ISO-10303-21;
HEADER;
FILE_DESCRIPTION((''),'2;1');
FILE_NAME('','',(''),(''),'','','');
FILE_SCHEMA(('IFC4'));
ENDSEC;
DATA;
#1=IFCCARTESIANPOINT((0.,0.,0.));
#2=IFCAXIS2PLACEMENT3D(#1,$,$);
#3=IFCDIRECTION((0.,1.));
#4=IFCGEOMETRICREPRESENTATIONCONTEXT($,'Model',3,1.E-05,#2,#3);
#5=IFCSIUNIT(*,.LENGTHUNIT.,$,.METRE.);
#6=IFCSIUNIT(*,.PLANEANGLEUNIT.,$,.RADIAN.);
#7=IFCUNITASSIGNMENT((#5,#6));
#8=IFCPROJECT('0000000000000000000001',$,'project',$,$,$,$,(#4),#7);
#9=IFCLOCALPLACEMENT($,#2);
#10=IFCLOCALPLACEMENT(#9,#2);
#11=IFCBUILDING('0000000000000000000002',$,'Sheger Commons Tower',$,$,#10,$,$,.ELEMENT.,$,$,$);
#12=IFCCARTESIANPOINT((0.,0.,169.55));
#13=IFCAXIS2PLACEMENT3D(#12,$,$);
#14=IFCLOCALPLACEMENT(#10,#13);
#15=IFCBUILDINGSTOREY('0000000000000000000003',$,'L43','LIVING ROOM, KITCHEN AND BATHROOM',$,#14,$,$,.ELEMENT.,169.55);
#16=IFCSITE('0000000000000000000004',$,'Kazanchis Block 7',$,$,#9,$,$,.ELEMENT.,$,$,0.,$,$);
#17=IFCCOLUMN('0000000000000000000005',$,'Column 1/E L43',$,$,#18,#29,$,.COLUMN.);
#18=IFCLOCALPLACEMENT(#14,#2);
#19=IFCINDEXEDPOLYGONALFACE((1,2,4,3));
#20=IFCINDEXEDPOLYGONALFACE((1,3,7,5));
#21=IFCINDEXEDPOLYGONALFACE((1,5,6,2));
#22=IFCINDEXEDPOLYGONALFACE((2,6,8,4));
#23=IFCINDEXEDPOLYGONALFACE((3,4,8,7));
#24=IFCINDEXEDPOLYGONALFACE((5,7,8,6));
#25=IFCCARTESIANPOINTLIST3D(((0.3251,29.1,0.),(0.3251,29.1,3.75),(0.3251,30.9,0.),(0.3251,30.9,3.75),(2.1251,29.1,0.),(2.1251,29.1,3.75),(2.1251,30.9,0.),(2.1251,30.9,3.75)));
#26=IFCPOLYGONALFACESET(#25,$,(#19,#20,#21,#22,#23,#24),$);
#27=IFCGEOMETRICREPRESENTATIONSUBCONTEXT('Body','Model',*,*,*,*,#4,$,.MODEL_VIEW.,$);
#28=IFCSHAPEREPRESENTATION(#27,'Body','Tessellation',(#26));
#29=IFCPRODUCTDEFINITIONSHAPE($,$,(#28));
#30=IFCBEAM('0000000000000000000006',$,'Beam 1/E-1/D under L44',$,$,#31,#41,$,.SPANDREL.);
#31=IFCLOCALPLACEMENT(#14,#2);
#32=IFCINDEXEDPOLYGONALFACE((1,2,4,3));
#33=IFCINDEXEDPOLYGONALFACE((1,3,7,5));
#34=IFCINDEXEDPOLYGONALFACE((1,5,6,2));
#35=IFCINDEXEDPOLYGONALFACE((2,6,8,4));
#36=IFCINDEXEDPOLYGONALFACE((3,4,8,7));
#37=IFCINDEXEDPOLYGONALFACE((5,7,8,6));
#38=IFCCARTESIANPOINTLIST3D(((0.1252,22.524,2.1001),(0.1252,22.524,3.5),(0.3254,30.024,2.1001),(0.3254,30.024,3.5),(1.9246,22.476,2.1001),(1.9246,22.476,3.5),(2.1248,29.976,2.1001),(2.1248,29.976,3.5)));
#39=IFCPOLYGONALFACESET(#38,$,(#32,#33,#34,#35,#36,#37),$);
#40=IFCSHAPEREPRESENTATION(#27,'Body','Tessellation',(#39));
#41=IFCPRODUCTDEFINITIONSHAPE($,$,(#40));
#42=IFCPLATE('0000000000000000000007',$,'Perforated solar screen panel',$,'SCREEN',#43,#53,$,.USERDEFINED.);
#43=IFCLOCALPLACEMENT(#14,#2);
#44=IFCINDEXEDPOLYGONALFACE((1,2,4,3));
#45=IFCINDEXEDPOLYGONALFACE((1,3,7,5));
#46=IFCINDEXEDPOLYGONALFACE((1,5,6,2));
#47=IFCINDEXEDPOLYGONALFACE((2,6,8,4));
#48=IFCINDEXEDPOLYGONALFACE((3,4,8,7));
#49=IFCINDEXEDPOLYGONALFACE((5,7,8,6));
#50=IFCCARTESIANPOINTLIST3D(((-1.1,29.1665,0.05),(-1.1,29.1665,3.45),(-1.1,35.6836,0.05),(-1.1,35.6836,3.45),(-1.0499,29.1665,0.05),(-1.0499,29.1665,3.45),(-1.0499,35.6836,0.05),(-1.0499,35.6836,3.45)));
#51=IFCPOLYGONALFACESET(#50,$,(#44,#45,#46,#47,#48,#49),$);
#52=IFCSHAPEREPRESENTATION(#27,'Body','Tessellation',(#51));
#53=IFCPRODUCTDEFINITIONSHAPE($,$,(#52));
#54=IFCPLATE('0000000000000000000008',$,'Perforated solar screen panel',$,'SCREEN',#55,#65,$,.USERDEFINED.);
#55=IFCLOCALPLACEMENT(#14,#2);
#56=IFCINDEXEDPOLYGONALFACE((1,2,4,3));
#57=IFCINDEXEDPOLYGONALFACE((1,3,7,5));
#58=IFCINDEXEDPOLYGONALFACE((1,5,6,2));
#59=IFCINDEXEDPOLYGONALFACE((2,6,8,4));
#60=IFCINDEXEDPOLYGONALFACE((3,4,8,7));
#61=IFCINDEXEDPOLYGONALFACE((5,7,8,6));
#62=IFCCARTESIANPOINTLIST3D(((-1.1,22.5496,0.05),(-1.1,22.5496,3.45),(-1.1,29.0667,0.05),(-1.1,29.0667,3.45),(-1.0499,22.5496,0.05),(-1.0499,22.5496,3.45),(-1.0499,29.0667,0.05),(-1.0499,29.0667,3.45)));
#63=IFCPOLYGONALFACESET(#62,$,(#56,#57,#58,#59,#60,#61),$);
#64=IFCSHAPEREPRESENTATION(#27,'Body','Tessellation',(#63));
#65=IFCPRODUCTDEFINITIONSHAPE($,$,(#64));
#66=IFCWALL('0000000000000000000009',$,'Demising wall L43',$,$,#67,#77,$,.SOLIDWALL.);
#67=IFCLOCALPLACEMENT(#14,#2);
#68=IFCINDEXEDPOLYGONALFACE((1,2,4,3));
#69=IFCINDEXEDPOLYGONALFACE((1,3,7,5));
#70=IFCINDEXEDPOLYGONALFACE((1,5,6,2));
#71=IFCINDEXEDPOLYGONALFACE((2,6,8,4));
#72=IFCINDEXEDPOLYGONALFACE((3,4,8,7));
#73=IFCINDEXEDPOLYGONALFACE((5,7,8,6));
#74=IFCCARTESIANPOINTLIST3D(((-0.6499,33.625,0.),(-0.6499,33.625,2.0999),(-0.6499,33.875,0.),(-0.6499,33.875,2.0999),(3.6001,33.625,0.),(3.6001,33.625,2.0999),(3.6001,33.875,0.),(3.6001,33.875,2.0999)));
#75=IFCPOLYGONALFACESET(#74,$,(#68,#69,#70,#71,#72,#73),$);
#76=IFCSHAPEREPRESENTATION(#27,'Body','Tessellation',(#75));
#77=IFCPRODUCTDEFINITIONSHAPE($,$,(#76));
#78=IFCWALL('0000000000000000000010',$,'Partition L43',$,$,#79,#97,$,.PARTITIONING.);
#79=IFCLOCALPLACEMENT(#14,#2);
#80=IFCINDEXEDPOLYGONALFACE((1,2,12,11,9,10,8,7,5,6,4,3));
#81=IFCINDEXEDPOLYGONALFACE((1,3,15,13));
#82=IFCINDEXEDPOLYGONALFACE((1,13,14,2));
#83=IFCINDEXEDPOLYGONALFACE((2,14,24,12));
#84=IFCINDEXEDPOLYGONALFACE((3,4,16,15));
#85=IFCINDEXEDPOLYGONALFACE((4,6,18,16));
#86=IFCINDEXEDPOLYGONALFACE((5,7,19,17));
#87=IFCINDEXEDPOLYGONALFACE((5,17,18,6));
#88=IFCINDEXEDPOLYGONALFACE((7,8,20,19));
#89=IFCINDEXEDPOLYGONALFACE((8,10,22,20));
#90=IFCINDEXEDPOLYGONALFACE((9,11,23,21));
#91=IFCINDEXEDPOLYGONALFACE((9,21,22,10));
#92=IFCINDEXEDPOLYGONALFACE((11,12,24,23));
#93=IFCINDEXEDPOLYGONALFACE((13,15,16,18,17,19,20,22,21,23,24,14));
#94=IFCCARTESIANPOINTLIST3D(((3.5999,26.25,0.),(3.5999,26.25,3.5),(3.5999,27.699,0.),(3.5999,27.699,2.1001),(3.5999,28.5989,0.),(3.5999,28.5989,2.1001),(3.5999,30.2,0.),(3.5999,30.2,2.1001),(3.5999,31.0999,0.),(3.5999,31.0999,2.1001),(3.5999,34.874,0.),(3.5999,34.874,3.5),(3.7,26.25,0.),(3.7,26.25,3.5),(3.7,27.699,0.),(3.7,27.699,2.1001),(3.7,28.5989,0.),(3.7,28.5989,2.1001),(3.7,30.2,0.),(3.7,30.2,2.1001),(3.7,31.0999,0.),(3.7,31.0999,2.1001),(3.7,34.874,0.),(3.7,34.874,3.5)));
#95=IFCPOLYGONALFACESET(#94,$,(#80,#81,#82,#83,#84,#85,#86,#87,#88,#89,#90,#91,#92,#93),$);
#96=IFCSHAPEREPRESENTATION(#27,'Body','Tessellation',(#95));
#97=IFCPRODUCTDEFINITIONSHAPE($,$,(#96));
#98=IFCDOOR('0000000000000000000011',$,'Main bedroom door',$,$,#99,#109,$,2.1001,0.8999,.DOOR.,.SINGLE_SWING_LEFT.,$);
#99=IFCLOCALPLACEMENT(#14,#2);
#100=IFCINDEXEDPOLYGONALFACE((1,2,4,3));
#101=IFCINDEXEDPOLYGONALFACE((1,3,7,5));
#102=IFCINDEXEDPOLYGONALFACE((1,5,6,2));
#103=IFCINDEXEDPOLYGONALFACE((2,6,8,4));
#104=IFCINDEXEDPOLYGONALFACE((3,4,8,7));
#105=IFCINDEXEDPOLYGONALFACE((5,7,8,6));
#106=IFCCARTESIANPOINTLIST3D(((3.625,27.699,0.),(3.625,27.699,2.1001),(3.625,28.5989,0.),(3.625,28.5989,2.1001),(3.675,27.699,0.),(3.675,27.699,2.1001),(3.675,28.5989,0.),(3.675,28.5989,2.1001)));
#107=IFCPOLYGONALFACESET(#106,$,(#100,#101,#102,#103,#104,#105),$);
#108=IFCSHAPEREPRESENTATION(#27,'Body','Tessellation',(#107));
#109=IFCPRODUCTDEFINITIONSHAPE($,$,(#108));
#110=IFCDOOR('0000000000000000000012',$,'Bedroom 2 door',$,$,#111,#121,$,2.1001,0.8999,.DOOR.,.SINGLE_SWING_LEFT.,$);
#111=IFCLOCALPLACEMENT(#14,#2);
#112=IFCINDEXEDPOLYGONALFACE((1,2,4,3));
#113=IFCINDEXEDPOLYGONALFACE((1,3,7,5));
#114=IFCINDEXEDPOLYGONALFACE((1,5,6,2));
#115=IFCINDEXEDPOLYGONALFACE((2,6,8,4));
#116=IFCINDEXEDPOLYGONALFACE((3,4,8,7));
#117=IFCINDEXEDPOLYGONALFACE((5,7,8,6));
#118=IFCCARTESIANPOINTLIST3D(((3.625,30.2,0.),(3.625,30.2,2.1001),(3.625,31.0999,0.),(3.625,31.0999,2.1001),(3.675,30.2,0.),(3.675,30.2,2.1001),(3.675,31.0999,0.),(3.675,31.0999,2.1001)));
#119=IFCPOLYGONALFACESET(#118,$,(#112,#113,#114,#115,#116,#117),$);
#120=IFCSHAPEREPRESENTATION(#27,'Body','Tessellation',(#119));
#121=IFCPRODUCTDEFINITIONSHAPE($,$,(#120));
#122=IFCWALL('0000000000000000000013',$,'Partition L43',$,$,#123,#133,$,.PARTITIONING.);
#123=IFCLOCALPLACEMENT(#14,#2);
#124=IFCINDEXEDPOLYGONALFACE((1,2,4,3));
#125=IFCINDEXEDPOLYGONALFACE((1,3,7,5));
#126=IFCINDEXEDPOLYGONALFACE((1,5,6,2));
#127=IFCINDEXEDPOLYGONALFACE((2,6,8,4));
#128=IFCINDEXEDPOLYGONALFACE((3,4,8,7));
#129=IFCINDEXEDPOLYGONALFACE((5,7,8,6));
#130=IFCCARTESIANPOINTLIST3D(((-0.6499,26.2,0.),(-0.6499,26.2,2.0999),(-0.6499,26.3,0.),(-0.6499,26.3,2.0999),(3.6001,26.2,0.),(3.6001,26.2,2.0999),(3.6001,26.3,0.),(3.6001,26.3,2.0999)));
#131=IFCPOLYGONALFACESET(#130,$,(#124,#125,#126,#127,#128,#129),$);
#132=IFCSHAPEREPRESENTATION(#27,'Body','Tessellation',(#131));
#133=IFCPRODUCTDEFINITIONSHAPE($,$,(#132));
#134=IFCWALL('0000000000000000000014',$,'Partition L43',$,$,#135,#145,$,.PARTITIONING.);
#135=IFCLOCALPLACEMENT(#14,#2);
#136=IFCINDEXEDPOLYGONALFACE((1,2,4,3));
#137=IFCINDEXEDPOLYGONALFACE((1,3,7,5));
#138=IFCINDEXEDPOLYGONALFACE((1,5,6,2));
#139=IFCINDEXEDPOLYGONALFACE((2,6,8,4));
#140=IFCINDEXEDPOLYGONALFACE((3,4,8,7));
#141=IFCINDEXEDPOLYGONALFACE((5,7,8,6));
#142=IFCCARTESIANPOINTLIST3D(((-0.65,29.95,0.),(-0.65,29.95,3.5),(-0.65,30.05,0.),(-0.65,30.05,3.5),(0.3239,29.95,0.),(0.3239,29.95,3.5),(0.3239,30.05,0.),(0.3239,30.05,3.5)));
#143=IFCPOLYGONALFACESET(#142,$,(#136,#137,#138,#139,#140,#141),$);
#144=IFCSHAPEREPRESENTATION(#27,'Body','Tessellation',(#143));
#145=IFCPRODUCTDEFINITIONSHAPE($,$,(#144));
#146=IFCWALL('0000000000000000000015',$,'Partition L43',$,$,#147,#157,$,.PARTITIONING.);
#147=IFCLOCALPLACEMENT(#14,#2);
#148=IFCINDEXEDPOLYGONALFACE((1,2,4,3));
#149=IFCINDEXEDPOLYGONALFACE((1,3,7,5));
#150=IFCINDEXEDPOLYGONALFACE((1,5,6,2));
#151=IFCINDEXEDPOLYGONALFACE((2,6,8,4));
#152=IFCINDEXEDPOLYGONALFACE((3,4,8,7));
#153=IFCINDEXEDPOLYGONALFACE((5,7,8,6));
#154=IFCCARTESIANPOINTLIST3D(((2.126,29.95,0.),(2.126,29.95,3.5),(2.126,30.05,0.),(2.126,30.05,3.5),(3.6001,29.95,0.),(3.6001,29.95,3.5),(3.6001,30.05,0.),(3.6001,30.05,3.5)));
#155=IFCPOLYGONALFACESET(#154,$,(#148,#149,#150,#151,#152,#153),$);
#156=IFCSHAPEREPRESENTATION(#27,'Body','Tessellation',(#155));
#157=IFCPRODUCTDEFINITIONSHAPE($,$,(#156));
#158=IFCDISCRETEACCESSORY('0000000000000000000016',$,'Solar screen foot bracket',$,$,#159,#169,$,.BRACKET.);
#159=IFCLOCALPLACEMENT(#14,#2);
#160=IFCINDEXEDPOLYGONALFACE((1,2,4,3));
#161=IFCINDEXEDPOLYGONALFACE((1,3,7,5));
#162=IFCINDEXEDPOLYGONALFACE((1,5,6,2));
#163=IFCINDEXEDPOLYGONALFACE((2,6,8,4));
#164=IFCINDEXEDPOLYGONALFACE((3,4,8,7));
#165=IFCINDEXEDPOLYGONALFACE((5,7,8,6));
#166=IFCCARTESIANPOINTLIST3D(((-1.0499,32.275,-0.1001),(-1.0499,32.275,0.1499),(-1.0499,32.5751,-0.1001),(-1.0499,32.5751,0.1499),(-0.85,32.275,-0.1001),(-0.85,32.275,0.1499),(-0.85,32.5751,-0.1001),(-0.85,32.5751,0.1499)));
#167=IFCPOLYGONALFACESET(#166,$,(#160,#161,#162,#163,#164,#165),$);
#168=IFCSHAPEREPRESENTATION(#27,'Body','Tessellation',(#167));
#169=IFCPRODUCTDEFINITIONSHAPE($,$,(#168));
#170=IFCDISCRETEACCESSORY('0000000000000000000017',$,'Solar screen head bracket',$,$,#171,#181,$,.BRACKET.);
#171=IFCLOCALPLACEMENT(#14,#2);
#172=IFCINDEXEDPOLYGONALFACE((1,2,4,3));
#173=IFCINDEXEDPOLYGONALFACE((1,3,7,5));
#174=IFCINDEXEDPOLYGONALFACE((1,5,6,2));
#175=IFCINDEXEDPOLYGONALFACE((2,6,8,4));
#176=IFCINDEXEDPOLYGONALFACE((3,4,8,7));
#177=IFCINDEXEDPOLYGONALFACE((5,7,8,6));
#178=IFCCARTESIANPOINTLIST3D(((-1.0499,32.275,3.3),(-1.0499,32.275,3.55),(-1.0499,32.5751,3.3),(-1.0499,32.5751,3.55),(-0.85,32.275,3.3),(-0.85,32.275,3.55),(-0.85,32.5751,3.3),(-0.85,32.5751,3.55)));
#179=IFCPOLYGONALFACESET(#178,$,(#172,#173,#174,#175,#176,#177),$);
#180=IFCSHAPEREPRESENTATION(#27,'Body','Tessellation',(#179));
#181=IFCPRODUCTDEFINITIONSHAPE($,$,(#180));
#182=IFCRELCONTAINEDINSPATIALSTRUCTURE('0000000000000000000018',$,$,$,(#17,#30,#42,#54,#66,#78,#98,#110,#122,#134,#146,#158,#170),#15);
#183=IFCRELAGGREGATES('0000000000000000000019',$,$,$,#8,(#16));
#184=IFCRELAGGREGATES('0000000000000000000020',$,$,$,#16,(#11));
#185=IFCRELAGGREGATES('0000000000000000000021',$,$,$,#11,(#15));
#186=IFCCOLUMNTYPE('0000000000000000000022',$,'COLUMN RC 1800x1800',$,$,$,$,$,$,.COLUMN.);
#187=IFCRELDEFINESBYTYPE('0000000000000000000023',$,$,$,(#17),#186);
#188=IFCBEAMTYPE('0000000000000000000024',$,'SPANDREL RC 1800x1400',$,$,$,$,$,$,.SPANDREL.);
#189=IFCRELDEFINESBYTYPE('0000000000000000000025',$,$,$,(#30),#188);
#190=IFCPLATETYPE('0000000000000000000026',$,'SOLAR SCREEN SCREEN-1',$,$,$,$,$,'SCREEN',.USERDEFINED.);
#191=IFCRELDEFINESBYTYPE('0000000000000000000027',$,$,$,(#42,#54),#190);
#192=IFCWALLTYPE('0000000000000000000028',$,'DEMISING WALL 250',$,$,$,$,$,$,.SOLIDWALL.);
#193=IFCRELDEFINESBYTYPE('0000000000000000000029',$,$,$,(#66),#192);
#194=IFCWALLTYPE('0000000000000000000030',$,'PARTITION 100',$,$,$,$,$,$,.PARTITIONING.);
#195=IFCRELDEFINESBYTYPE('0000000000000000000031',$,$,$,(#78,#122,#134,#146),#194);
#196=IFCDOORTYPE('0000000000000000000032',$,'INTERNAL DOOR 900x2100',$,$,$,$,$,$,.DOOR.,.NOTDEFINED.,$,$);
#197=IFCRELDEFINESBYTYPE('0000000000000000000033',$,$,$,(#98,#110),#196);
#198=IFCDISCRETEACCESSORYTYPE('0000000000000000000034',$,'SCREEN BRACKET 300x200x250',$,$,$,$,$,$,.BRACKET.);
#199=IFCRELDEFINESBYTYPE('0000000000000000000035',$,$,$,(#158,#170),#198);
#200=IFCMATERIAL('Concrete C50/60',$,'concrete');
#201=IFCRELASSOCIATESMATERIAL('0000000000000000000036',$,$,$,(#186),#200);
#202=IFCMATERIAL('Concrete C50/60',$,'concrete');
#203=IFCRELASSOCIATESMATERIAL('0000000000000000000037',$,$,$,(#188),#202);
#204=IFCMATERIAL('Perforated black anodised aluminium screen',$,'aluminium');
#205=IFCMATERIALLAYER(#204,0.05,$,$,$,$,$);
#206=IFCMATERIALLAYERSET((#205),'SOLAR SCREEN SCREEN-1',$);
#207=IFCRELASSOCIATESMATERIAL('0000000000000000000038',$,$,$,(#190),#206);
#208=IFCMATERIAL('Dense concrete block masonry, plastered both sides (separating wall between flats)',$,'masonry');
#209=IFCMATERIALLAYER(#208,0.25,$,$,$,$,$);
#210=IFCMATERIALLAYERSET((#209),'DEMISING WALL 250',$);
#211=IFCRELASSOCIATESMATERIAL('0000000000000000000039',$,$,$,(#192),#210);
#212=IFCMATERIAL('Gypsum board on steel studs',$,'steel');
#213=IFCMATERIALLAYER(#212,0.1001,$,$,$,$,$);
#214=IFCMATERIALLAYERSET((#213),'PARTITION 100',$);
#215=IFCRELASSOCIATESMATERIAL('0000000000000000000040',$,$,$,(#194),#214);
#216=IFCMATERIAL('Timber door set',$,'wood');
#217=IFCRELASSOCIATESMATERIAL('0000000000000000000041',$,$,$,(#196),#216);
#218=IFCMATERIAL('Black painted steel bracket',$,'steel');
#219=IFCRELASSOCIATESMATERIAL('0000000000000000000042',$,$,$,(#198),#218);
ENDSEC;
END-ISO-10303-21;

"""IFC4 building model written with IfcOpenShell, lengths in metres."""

from ifc_helpers import new_model, si_unit, direction, frame, frame_2d, origin, origin_2d, place, context, subcontext, project, spatial, rectangle, extrude, material, layer, layer_set, material_profile, profile_set, type_object, element, fill, save


model = new_model("IFC4")

# Units and contexts
model_context = context("Model", 3, precision=1e-05, world=origin(), true_north=direction((0.0, 1.0)))
body_context = subcontext(model_context, "Body", "Model", "MODEL_VIEW")
ifc_project = project(units=[si_unit("LENGTHUNIT", "METRE"), si_unit("PLANEANGLEUNIT", "RADIAN")], contexts=[model_context])

# Site, building, storey
site_placement = place(None, origin())
site = spatial("IfcSite", under=ifc_project, at=site_placement, Name="Kazanchis Block 7", CompositionType="ELEMENT", RefElevation=0.0)
building_placement = place(site_placement, origin())
building = spatial("IfcBuilding", under=site, at=building_placement, Name="Sheger Commons Tower", CompositionType="ELEMENT")
storey_placement = place(building_placement, frame((0.0, 0.0, 169.55)))
storey = spatial("IfcBuildingStorey", under=building, at=storey_placement, Name="L43", Description="LIVING ROOM, KITCHEN AND BATHROOM", CompositionType="ELEMENT", Elevation=169.55)

# Column
ifc_material_1 = material(Name="Concrete C50/60", Category="concrete")
ifc_material_profile_1 = material_profile(ifc_material_1, rectangle(XDim=1.8, YDim=1.8, at=origin_2d()), Name="RC 1800x1800")
ifc_profile_set_1 = profile_set([ifc_material_profile_1], Name="Concrete C50/60")
column_type = type_object("IfcColumnType", Name="COLUMN RC 1800x1800", PredefinedType="COLUMN", material=ifc_profile_set_1)
column_placement = place(storey_placement, frame((1.2251, 30.0, 0.0), z_axis=(0.0, 0.0, 1.0), x_axis=(1.0, 0.0, 0.0)))
element("IfcColumn", 1, at=column_placement, inside=storey, type_object=column_type, Name="Column 1/E L43", PredefinedType="COLUMN", context=body_context, shape_type="SweptSolid", body=[
    extrude(rectangle(XDim=1.8, YDim=1.8, at=origin_2d()), origin(), (0.0, 0.0, 1.0), 3.75),
])

# Beam
ifc_material_2 = material(Name="Concrete C50/60", Category="concrete")
ifc_material_profile_2 = material_profile(ifc_material_2, rectangle(XDim=1.8, YDim=1.3999, at=origin_2d()), Name="RC 1800x1400")
ifc_profile_set_2 = profile_set([ifc_material_profile_2], Name="Concrete C50/60")
beam_type = type_object("IfcBeamType", Name="SPANDREL RC 1800x1400", PredefinedType="SPANDREL", material=ifc_profile_set_2)
beam_placement = place(storey_placement, frame((1.2251, 30.0, 2.8), z_axis=(-0.026683, -0.999644, 0.0), x_axis=(0.999644, -0.026683, 0.0)))
element("IfcBeam", 2, at=beam_placement, inside=storey, type_object=beam_type, Name="Beam 1/E-1/D under L44", PredefinedType="SPANDREL", context=body_context, shape_type="SweptSolid", body=[
    extrude(rectangle(XDim=1.8, YDim=1.3999, at=origin_2d()), origin(), (0.0, 0.0, 1.0), 7.5027),
])

# Plates
ifc_material_3 = material(Name="Perforated black anodised aluminium screen", Category="aluminium")
ifc_layer_1 = layer(ifc_material_3, 0.05)
ifc_layer_set_1 = layer_set([ifc_layer_1], Name="SOLAR SCREEN SCREEN-1")
plate_type = type_object("IfcPlateType", Name="SOLAR SCREEN SCREEN-1", ElementType="SCREEN", PredefinedType="USERDEFINED", material=ifc_layer_set_1)
for number, where, z_axis, x_axis, name in (
    (3, (-1.075, 32.425, 0.05), (0.0, 0.0, 1.0), (0.0, -1.0, 0.0), "Perforated solar screen panel"),
    (4, (-1.075, 25.8081, 0.05), (0.0, 0.0, 1.0), (0.0, -1.0, 0.0), "Perforated solar screen panel"),
):
    element("IfcPlate", number, at=place(storey_placement, frame(where, z_axis=z_axis, x_axis=x_axis)), inside=storey, type_object=plate_type, Name=name, ObjectType="SCREEN", PredefinedType="USERDEFINED", context=body_context, shape_type="SweptSolid", body=[
        extrude(rectangle(XDim=6.5171, YDim=0.05, at=origin_2d()), origin(), (0.0, 0.0, 1.0), 3.3999),
    ])

# Wall
ifc_material_4 = material(Name="Dense concrete block masonry, plastered both sides (separating wall between flats)", Category="masonry")
ifc_layer_2 = layer(ifc_material_4, 0.25)
ifc_layer_set_2 = layer_set([ifc_layer_2], Name="DEMISING WALL 250")
wall_type_1 = type_object("IfcWallType", Name="DEMISING WALL 250", PredefinedType="SOLIDWALL", material=ifc_layer_set_2)
wall_1_placement = place(storey_placement, frame((-0.6499, 33.75, 0.0), z_axis=(0.0, 0.0, 1.0), x_axis=(1.0, 0.0, 0.0)))
element("IfcWall", 5, at=wall_1_placement, inside=storey, type_object=wall_type_1, Name="Demising wall L43", PredefinedType="SOLIDWALL", context=body_context, shape_type="SweptSolid", body=[
    extrude(rectangle(XDim=4.25, YDim=0.25, at=frame_2d((2.125, 0.0))), origin(), (0.0, 0.0, 1.0), 2.0999),
])

# Wall, openings, doors
ifc_material_5 = material(Name="Gypsum board on steel studs", Category="steel")
ifc_layer_3 = layer(ifc_material_5, 0.1001)
ifc_layer_set_3 = layer_set([ifc_layer_3], Name="PARTITION 100")
wall_type_2 = type_object("IfcWallType", Name="PARTITION 100", PredefinedType="PARTITIONING", material=ifc_layer_set_3)
wall_2_placement = place(storey_placement, frame((3.6499, 26.25, 0.0), z_axis=(0.0, 0.0, 1.0), x_axis=(0.0, 1.0, 0.0)))
wall_2 = element("IfcWall", 6, at=wall_2_placement, inside=storey, type_object=wall_type_2, Name="Partition L43", PredefinedType="PARTITIONING", context=body_context, shape_type="SweptSolid", body=[
    extrude(rectangle(XDim=8.624, YDim=0.1001, at=frame_2d((4.312, 0.0))), origin(), (0.0, 0.0, 1.0), 3.5),
])
opening_1_placement = place(wall_2_placement, frame((1.449, 0.0, 0.0)))
opening_1 = element("IfcOpeningElement", 7, at=opening_1_placement, cuts=wall_2, PredefinedType="OPENING", context=body_context, shape_type="SweptSolid", body=[
    extrude(rectangle(XDim=0.8999, YDim=2.1001, at=frame_2d((0.45, 1.05))), frame((0.0, 0.0601, 0.0), z_axis=(0.0, -1.0, 0.0), x_axis=(1.0, 0.0, 0.0)), (0.0, 0.0, 1.0), 0.1201),
])
opening_2_placement = place(wall_2_placement, frame((3.95, 0.0, 0.0)))
opening_2 = element("IfcOpeningElement", 8, at=opening_2_placement, cuts=wall_2, PredefinedType="OPENING", context=body_context, shape_type="SweptSolid", body=[
    extrude(rectangle(XDim=0.8999, YDim=2.1001, at=frame_2d((0.45, 1.05))), frame((0.0, 0.0601, 0.0), z_axis=(0.0, -1.0, 0.0), x_axis=(1.0, 0.0, 0.0)), (0.0, 0.0, 1.0), 0.1201),
])
ifc_material_6 = material(Name="Timber door set", Category="wood")
door_type = type_object("IfcDoorType", Name="INTERNAL DOOR 900x2100", OperationType="NOTDEFINED", PredefinedType="DOOR", material=ifc_material_6)
door_1_placement = place(opening_1_placement, origin())
door_1 = element("IfcDoor", 9, at=door_1_placement, inside=storey, type_object=door_type, Name="Main bedroom door", OperationType="SINGLE_SWING_LEFT", OverallHeight=2.1001, OverallWidth=0.8999, PredefinedType="DOOR", context=body_context, shape_type="SweptSolid", body=[
    extrude(rectangle(XDim=0.8999, YDim=2.1001, at=frame_2d((0.45, 1.05))), frame((0.0, 0.0249, 0.0), z_axis=(0.0, -1.0, 0.0), x_axis=(1.0, 0.0, 0.0)), (0.0, 0.0, 1.0), 0.05),
])
fill(opening_1, door_1)
door_2_placement = place(opening_2_placement, origin())
door_2 = element("IfcDoor", 10, at=door_2_placement, inside=storey, type_object=door_type, Name="Bedroom 2 door", OperationType="SINGLE_SWING_LEFT", OverallHeight=2.1001, OverallWidth=0.8999, PredefinedType="DOOR", context=body_context, shape_type="SweptSolid", body=[
    extrude(rectangle(XDim=0.8999, YDim=2.1001, at=frame_2d((0.45, 1.05))), frame((0.0, 0.0249, 0.0), z_axis=(0.0, -1.0, 0.0), x_axis=(1.0, 0.0, 0.0)), (0.0, 0.0, 1.0), 0.05),
])
fill(opening_2, door_2)

# Walls
wall_3_placement = place(storey_placement, frame((-0.6499, 26.25, 0.0), z_axis=(0.0, 0.0, 1.0), x_axis=(1.0, 0.0, 0.0)))
element("IfcWall", 11, at=wall_3_placement, inside=storey, type_object=wall_type_2, Name="Partition L43", PredefinedType="PARTITIONING", context=body_context, shape_type="SweptSolid", body=[
    extrude(rectangle(XDim=4.25, YDim=0.1001, at=frame_2d((2.125, 0.0))), origin(), (0.0, 0.0, 1.0), 2.0999),
])
wall_4_placement = place(storey_placement, frame((-0.6499, 30.0, 0.0), z_axis=(0.0, 0.0, 1.0), x_axis=(1.0, 0.0, 0.0)))
element("IfcWall", 12, at=wall_4_placement, inside=storey, type_object=wall_type_2, Name="Partition L43", PredefinedType="PARTITIONING", context=body_context, shape_type="SweptSolid", body=[
    extrude(rectangle(XDim=0.9739, YDim=0.1001, at=frame_2d((0.4868, 0.0))), origin(), (0.0, 0.0, 1.0), 3.5),
])
wall_5_placement = place(storey_placement, frame((2.126, 30.0, 0.0), z_axis=(0.0, 0.0, 1.0), x_axis=(1.0, 0.0, 0.0)))
element("IfcWall", 13, at=wall_5_placement, inside=storey, type_object=wall_type_2, Name="Partition L43", PredefinedType="PARTITIONING", context=body_context, shape_type="SweptSolid", body=[
    extrude(rectangle(XDim=1.4741, YDim=0.1001, at=frame_2d((0.7371, 0.0))), origin(), (0.0, 0.0, 1.0), 3.5),
])

# Discrete accessories
ifc_material_7 = material(Name="Black painted steel bracket", Category="steel")
discrete_accessory_type = type_object("IfcDiscreteAccessoryType", Name="SCREEN BRACKET 300x200x250", PredefinedType="BRACKET", material=ifc_material_7)
for number, where, z_axis, x_axis, name in (
    (14, (-0.95, 32.425, -0.1001), (0.0, 0.0, 1.0), (0.0, -1.0, 0.0), "Solar screen foot bracket"),
    (15, (-0.95, 32.425, 3.3), (0.0, 0.0, 1.0), (0.0, -1.0, 0.0), "Solar screen head bracket"),
):
    element("IfcDiscreteAccessory", number, at=place(storey_placement, frame(where, z_axis=z_axis, x_axis=x_axis)), inside=storey, type_object=discrete_accessory_type, Name=name, PredefinedType="BRACKET", context=body_context, shape_type="SweptSolid", body=[
        extrude(rectangle(XDim=0.3, YDim=0.2, at=origin_2d()), origin(), (0.0, 0.0, 1.0), 0.25),
    ])

save(model, "model.ifc")
